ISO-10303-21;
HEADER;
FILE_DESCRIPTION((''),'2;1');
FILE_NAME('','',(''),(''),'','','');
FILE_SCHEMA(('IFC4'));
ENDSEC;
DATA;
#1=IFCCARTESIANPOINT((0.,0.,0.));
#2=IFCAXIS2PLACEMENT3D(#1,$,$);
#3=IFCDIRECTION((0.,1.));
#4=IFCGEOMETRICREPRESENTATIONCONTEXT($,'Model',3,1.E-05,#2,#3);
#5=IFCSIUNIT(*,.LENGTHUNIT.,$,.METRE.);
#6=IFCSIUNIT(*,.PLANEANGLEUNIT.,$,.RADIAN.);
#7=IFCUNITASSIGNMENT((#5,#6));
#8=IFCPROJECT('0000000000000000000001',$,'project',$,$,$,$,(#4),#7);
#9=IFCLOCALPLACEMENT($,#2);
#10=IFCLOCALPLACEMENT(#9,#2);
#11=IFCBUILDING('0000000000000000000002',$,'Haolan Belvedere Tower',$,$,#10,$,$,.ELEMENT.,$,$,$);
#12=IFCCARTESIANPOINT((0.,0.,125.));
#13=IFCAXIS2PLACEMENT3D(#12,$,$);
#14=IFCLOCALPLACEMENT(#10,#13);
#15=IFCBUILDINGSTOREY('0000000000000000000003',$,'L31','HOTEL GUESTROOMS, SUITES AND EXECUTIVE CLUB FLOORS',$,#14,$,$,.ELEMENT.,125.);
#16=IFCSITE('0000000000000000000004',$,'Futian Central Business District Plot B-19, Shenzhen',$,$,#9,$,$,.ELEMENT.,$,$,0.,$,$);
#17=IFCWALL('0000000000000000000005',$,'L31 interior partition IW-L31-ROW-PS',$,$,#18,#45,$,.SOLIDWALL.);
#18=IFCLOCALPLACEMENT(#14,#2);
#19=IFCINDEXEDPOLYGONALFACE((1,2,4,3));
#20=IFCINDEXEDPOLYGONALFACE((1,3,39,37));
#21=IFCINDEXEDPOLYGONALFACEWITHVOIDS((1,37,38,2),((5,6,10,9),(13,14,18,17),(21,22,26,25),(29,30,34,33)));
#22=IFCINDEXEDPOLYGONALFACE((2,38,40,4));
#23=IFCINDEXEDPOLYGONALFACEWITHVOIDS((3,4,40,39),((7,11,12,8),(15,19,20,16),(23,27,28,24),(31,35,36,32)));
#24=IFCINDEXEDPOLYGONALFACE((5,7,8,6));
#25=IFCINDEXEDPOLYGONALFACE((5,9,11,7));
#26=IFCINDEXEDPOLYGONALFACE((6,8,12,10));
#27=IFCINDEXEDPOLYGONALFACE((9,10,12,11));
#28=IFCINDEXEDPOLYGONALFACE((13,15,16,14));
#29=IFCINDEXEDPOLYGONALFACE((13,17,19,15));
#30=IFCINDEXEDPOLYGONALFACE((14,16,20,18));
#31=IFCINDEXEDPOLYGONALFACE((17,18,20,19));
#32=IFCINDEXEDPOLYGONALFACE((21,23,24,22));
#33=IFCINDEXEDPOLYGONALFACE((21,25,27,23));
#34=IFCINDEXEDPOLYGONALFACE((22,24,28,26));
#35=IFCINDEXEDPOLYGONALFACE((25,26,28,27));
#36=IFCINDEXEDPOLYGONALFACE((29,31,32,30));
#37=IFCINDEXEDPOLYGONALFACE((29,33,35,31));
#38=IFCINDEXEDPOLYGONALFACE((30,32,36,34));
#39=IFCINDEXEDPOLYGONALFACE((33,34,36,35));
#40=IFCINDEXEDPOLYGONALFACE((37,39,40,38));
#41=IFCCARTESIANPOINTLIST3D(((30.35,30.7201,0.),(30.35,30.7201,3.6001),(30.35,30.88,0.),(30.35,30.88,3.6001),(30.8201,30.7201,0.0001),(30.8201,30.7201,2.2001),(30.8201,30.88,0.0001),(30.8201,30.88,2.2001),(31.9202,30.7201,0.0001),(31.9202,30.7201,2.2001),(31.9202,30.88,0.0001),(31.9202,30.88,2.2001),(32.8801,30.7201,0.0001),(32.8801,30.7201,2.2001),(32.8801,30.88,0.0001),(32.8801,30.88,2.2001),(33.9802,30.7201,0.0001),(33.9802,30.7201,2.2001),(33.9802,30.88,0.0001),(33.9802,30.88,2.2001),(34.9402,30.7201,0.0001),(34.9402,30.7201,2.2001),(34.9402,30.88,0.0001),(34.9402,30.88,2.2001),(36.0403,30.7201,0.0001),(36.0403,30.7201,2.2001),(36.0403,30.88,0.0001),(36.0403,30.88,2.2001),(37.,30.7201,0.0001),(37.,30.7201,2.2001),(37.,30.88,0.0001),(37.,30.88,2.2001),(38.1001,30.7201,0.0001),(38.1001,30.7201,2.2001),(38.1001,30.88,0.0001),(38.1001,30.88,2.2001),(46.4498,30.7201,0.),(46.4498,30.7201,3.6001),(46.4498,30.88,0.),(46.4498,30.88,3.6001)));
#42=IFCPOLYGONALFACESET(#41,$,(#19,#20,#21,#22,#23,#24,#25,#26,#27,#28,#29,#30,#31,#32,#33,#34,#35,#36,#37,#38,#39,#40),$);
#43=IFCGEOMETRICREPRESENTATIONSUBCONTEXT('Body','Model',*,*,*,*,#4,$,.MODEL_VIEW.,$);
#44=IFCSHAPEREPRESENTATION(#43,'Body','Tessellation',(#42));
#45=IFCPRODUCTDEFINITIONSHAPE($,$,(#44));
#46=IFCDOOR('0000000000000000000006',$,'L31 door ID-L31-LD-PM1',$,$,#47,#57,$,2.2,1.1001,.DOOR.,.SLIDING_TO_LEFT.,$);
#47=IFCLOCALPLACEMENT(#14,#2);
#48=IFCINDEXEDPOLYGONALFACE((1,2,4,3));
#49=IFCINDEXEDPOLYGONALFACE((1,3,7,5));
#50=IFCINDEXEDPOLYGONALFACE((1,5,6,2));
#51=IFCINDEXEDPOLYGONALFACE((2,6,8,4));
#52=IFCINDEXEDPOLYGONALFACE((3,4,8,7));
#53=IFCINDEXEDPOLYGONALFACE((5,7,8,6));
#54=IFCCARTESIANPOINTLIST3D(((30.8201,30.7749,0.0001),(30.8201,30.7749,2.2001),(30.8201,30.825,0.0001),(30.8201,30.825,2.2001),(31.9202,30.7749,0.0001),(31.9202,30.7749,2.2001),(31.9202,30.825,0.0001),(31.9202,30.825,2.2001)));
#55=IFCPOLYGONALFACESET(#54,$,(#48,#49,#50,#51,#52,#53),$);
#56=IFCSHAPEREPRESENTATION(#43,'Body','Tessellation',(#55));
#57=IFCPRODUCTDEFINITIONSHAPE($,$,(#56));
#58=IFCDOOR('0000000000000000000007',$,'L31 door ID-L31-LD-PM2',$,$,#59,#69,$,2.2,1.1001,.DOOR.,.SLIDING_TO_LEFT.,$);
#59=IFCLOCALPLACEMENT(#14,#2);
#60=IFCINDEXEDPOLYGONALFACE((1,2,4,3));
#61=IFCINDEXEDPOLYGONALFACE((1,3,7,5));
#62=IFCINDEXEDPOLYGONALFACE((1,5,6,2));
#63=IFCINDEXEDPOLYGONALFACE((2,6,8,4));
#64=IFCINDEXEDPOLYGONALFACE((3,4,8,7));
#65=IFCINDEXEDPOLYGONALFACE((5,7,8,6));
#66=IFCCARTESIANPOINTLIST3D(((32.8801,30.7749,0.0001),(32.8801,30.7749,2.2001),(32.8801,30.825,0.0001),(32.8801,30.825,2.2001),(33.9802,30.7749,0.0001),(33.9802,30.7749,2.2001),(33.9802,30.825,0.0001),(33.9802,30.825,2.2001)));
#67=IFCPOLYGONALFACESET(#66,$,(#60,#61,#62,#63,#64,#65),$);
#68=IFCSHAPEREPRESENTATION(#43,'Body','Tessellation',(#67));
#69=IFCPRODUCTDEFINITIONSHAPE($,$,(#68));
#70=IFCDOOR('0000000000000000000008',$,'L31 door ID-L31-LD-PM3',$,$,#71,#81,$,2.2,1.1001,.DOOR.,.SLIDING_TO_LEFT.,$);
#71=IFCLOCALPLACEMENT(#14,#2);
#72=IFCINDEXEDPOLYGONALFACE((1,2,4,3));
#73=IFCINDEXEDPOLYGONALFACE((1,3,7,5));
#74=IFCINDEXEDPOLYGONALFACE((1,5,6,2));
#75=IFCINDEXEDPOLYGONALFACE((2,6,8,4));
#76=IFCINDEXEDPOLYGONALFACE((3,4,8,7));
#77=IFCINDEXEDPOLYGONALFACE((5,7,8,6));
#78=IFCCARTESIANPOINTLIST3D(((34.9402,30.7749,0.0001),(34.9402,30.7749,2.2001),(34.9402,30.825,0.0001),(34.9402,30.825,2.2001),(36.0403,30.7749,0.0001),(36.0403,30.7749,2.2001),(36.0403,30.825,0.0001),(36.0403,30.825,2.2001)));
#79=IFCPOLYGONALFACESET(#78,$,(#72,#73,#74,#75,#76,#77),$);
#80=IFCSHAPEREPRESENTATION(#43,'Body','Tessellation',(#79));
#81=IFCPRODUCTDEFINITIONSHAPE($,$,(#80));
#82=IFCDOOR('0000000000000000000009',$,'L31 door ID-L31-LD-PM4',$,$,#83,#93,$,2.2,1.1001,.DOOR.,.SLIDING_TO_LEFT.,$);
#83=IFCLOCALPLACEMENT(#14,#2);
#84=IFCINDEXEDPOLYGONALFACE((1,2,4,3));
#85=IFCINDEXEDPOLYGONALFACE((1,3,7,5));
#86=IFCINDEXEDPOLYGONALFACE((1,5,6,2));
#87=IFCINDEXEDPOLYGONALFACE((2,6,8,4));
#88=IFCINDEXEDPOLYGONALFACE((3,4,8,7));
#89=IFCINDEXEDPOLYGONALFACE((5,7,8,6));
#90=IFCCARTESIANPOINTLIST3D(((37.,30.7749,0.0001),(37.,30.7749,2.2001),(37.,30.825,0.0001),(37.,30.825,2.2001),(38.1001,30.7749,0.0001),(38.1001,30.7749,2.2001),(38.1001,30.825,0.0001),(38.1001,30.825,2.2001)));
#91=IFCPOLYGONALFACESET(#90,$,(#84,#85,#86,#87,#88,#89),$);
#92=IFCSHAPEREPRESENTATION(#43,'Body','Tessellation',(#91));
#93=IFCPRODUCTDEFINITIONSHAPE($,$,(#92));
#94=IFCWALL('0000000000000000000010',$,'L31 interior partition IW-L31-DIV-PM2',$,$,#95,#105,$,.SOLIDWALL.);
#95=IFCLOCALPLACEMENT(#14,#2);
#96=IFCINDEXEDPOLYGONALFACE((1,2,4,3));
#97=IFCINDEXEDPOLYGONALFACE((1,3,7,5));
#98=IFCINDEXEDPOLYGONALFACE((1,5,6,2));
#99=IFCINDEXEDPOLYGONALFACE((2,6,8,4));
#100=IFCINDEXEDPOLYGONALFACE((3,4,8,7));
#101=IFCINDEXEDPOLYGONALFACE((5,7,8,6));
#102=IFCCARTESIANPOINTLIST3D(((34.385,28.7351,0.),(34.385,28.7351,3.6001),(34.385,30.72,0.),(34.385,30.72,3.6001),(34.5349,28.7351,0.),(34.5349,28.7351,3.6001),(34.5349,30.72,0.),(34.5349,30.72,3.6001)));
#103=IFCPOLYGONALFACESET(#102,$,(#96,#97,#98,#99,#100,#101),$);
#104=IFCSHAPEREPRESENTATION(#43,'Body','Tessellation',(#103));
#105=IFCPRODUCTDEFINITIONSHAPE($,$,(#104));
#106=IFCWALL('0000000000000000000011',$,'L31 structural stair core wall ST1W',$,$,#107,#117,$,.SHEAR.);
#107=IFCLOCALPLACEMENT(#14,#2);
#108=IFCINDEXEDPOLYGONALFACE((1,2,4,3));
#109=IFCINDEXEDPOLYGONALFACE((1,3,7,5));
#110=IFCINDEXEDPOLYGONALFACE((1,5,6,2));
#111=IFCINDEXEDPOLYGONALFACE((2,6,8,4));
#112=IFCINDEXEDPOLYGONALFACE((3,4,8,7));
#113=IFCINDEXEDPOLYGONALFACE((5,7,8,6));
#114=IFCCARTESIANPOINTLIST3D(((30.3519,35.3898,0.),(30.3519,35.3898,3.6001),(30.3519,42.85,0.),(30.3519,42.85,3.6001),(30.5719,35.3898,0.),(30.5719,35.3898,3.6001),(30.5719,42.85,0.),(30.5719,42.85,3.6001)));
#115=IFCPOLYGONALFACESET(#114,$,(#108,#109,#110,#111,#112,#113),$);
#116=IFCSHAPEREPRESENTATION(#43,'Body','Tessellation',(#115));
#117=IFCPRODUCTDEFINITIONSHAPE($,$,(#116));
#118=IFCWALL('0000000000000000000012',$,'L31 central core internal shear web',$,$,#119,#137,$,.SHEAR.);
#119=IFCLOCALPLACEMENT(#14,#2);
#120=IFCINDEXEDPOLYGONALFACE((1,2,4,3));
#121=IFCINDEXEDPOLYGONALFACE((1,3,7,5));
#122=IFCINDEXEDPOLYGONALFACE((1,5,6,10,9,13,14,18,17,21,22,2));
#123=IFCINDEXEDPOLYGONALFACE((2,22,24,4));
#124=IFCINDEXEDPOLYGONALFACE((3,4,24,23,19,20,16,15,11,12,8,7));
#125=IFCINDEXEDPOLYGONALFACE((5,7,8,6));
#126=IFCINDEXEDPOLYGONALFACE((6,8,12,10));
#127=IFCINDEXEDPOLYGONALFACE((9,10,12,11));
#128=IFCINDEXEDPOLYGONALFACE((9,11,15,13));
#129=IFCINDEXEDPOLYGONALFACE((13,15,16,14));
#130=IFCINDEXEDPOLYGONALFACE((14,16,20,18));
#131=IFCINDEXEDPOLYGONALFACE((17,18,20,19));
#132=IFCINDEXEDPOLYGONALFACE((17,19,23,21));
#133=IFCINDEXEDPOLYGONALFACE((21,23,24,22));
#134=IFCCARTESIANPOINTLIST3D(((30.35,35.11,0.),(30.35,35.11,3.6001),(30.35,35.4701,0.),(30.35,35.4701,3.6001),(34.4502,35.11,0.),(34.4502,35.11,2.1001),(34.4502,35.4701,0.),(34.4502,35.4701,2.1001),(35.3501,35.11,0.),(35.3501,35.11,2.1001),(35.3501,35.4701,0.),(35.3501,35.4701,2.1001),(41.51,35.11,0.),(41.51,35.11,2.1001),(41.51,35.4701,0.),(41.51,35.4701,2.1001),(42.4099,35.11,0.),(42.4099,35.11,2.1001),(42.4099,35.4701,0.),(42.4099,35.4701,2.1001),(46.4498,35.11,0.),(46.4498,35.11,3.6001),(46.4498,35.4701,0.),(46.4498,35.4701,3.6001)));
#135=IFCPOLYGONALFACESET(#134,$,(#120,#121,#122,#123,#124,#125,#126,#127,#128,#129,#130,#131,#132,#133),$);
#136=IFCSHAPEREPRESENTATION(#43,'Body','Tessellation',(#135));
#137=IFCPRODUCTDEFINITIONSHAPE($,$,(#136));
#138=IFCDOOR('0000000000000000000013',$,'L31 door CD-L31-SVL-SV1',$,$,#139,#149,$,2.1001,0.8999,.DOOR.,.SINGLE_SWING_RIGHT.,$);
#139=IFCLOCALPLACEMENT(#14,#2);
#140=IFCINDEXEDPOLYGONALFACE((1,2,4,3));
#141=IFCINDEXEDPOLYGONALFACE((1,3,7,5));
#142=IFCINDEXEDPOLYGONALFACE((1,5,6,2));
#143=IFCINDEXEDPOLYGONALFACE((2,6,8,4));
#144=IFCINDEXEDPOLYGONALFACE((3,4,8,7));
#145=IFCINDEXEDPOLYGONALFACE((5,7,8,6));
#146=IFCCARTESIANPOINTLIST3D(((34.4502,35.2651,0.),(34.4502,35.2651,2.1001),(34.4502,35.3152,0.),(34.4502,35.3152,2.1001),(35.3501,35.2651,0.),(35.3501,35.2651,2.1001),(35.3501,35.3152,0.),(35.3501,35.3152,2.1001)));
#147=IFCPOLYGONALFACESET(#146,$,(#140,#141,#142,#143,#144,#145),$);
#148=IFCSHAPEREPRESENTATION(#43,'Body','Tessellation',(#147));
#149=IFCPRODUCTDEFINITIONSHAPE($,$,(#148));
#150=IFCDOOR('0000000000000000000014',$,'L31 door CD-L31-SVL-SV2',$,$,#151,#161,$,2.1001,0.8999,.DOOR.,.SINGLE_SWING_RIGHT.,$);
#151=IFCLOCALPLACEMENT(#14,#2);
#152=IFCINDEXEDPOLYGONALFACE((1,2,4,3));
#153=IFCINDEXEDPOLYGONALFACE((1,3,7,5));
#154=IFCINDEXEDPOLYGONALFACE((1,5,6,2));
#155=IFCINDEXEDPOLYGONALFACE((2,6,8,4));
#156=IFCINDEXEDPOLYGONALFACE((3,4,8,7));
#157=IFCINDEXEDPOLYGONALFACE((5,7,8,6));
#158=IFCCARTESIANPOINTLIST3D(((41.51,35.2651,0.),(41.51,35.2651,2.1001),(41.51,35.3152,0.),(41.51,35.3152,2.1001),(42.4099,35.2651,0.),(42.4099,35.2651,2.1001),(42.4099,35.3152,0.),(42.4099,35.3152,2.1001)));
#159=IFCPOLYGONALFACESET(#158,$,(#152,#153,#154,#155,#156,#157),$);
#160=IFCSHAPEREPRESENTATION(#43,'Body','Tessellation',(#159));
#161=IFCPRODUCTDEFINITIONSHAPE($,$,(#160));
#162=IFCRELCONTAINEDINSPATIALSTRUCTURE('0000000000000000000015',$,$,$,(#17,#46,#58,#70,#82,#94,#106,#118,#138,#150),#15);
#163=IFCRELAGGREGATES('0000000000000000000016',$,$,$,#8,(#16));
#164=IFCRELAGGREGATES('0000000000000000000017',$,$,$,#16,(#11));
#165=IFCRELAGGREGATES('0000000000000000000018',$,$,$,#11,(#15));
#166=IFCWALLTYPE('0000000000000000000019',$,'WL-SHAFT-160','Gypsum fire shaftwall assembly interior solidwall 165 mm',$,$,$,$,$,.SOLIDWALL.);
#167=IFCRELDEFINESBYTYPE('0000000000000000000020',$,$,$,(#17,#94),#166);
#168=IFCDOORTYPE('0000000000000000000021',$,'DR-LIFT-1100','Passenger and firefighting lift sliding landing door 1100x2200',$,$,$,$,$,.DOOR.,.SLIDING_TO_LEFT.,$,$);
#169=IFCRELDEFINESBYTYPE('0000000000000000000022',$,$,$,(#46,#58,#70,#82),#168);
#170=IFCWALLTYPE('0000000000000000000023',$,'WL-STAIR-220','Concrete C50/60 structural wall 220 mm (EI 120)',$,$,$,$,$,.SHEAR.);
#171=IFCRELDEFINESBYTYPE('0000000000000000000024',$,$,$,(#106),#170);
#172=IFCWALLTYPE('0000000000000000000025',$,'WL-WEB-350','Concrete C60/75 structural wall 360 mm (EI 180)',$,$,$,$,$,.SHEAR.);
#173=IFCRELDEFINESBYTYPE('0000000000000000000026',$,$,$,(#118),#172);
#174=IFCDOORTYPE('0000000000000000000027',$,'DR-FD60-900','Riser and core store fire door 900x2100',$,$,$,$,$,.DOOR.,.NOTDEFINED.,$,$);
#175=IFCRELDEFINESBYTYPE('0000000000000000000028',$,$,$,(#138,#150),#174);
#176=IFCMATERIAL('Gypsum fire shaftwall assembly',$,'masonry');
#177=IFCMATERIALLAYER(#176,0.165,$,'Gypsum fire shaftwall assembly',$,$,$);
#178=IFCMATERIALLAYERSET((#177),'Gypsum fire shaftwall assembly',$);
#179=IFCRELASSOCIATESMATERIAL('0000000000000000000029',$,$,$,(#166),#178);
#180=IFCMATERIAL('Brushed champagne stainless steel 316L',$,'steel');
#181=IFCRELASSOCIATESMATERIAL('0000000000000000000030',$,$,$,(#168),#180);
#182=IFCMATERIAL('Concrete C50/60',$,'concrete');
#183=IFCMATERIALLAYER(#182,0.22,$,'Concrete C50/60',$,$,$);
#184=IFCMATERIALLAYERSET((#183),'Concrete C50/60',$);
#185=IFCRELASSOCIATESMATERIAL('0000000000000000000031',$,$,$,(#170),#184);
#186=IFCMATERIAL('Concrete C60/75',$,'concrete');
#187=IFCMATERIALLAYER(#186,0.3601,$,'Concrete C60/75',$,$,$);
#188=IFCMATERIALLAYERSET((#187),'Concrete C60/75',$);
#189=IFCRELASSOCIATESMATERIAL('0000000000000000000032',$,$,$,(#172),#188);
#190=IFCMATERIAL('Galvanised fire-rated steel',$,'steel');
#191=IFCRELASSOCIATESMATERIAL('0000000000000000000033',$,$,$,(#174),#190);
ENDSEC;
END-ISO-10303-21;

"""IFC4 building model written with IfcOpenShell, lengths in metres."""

from ifc_helpers import new_model, si_unit, direction, frame, frame_2d, origin, place, context, subcontext, project, spatial, rectangle, extrude, material, layer, layer_set, type_object, element, fill, save


model = new_model("IFC4")

# Units and contexts
model_context = context("Model", 3, precision=1e-05, world=origin(), true_north=direction((0.0, 1.0)))
body_context = subcontext(model_context, "Body", "Model", "MODEL_VIEW")
ifc_project = project(units=[si_unit("LENGTHUNIT", "METRE"), si_unit("PLANEANGLEUNIT", "RADIAN")], contexts=[model_context])

# Site, building, storey
site_placement = place(None, origin())
site = spatial("IfcSite", under=ifc_project, at=site_placement, Name="Futian Central Business District Plot B-19, Shenzhen", CompositionType="ELEMENT", RefElevation=0.0)
building_placement = place(site_placement, origin())
building = spatial("IfcBuilding", under=site, at=building_placement, Name="Haolan Belvedere Tower", CompositionType="ELEMENT")
storey_placement = place(building_placement, frame((0.0, 0.0, 125.0)))
storey = spatial("IfcBuildingStorey", under=building, at=storey_placement, Name="L31", Description="HOTEL GUESTROOMS, SUITES AND EXECUTIVE CLUB FLOORS", CompositionType="ELEMENT", Elevation=125.0)

# Shared definitions
ifc_material_1 = material(Name="Concrete C60/75", Category="concrete")

# Shared definitions
ifc_material_2 = material(Name="Gypsum fire shaftwall assembly", Category="masonry")
ifc_layer_1 = layer(ifc_material_2, 0.165, Name="Gypsum fire shaftwall assembly")
ifc_layer_set_1 = layer_set([ifc_layer_1], Name="Gypsum fire shaftwall assembly")
wall_type_1 = type_object("IfcWallType", Name="WL-SHAFT-160", Description="Gypsum fire shaftwall assembly interior solidwall 165 mm", PredefinedType="SOLIDWALL", material=ifc_layer_set_1)

# Wall, openings, doors
wall_1_placement = place(storey_placement, frame((30.3501, 30.8, 0.0), z_axis=(0.0, 0.0, 1.0), x_axis=(1.0, 0.0, 0.0)))
wall_1 = element("IfcWall", 1, at=wall_1_placement, inside=storey, type_object=wall_type_1, Name="L31 interior partition IW-L31-ROW-PS", PredefinedType="SOLIDWALL", context=body_context, shape_type="SweptSolid", body=[
    extrude(rectangle(XDim=16.0999, YDim=0.1599, at=frame_2d((8.0498, 0.0))), origin(), (0.0, 0.0, 1.0), 3.6001),
])
opening_1_placement = place(wall_1_placement, frame((0.47, 0.0, 0.0)))
opening_1 = element("IfcOpeningElement", 2, at=opening_1_placement, cuts=wall_1, PredefinedType="OPENING", context=body_context, shape_type="SweptSolid", body=[
    extrude(rectangle(XDim=1.1001, YDim=2.2, at=frame_2d((0.55, 1.1001))), frame((0.0, 0.0898, 0.0), z_axis=(0.0, -1.0, 0.0), x_axis=(1.0, 0.0, 0.0)), (0.0, 0.0, 1.0), 0.1799),
])
opening_2_placement = place(wall_1_placement, frame((2.53, 0.0, 0.0)))
opening_2 = element("IfcOpeningElement", 3, at=opening_2_placement, cuts=wall_1, PredefinedType="OPENING", context=body_context, shape_type="SweptSolid", body=[
    extrude(rectangle(XDim=1.1001, YDim=2.2, at=frame_2d((0.55, 1.1001))), frame((0.0, 0.0898, 0.0), z_axis=(0.0, -1.0, 0.0), x_axis=(1.0, 0.0, 0.0)), (0.0, 0.0, 1.0), 0.1799),
])
opening_3_placement = place(wall_1_placement, frame((4.5901, 0.0, 0.0)))
opening_3 = element("IfcOpeningElement", 4, at=opening_3_placement, cuts=wall_1, PredefinedType="OPENING", context=body_context, shape_type="SweptSolid", body=[
    extrude(rectangle(XDim=1.1001, YDim=2.2, at=frame_2d((0.55, 1.1001))), frame((0.0, 0.0898, 0.0), z_axis=(0.0, -1.0, 0.0), x_axis=(1.0, 0.0, 0.0)), (0.0, 0.0, 1.0), 0.1799),
])
opening_4_placement = place(wall_1_placement, frame((6.6499, 0.0, 0.0)))
opening_4 = element("IfcOpeningElement", 5, at=opening_4_placement, cuts=wall_1, PredefinedType="OPENING", context=body_context, shape_type="SweptSolid", body=[
    extrude(rectangle(XDim=1.1001, YDim=2.2, at=frame_2d((0.55, 1.1001))), frame((0.0, 0.0898, 0.0), z_axis=(0.0, -1.0, 0.0), x_axis=(1.0, 0.0, 0.0)), (0.0, 0.0, 1.0), 0.1799),
])
ifc_material_3 = material(Name="Brushed champagne stainless steel 316L", Category="steel")
door_type_1 = type_object("IfcDoorType", Name="DR-LIFT-1100", Description="Passenger and firefighting lift sliding landing door 1100x2200", OperationType="SLIDING_TO_LEFT", PredefinedType="DOOR", material=ifc_material_3)
door_1_placement = place(opening_1_placement, origin())
door_1 = element("IfcDoor", 6, at=door_1_placement, inside=storey, type_object=door_type_1, Name="L31 door ID-L31-LD-PM1", OperationType="SLIDING_TO_LEFT", OverallHeight=2.2, OverallWidth=1.1001, PredefinedType="DOOR", context=body_context, shape_type="SweptSolid", body=[
    extrude(rectangle(XDim=1.1001, YDim=2.2, at=frame_2d((0.55, 1.1001))), frame((0.0, 0.0249, 0.0), z_axis=(0.0, -1.0, 0.0), x_axis=(1.0, 0.0, 0.0)), (0.0, 0.0, 1.0), 0.05),
])
fill(opening_1, door_1)
door_2_placement = place(opening_2_placement, origin())
door_2 = element("IfcDoor", 7, at=door_2_placement, inside=storey, type_object=door_type_1, Name="L31 door ID-L31-LD-PM2", OperationType="SLIDING_TO_LEFT", OverallHeight=2.2, OverallWidth=1.1001, PredefinedType="DOOR", context=body_context, shape_type="SweptSolid", body=[
    extrude(rectangle(XDim=1.1001, YDim=2.2, at=frame_2d((0.55, 1.1001))), frame((0.0, 0.0249, 0.0), z_axis=(0.0, -1.0, 0.0), x_axis=(1.0, 0.0, 0.0)), (0.0, 0.0, 1.0), 0.05),
])
fill(opening_2, door_2)
door_3_placement = place(opening_3_placement, origin())
door_3 = element("IfcDoor", 8, at=door_3_placement, inside=storey, type_object=door_type_1, Name="L31 door ID-L31-LD-PM3", OperationType="SLIDING_TO_LEFT", OverallHeight=2.2, OverallWidth=1.1001, PredefinedType="DOOR", context=body_context, shape_type="SweptSolid", body=[
    extrude(rectangle(XDim=1.1001, YDim=2.2, at=frame_2d((0.55, 1.1001))), frame((0.0, 0.0249, 0.0), z_axis=(0.0, -1.0, 0.0), x_axis=(1.0, 0.0, 0.0)), (0.0, 0.0, 1.0), 0.05),
])
fill(opening_3, door_3)
door_4_placement = place(opening_4_placement, origin())
door_4 = element("IfcDoor", 9, at=door_4_placement, inside=storey, type_object=door_type_1, Name="L31 door ID-L31-LD-PM4", OperationType="SLIDING_TO_LEFT", OverallHeight=2.2, OverallWidth=1.1001, PredefinedType="DOOR", context=body_context, shape_type="SweptSolid", body=[
    extrude(rectangle(XDim=1.1001, YDim=2.2, at=frame_2d((0.55, 1.1001))), frame((0.0, 0.0249, 0.0), z_axis=(0.0, -1.0, 0.0), x_axis=(1.0, 0.0, 0.0)), (0.0, 0.0, 1.0), 0.05),
])
fill(opening_4, door_4)

# Walls
wall_2_placement = place(storey_placement, frame((34.46, 28.7351, 0.0), z_axis=(0.0, 0.0, 1.0), x_axis=(0.0, 1.0, 0.0)))
element("IfcWall", 10, at=wall_2_placement, inside=storey, type_object=wall_type_1, Name="L31 interior partition IW-L31-DIV-PM2", PredefinedType="SOLIDWALL", context=body_context, shape_type="SweptSolid", body=[
    extrude(rectangle(XDim=1.9849, YDim=0.1499, at=frame_2d((0.9924, 0.0))), origin(), (0.0, 0.0, 1.0), 3.6001),
])
ifc_material_4 = material(Name="Concrete C50/60", Category="concrete")
ifc_layer_2 = layer(ifc_material_4, 0.22, Name="Concrete C50/60")
ifc_layer_set_2 = layer_set([ifc_layer_2], Name="Concrete C50/60")
wall_type_2 = type_object("IfcWallType", Name="WL-STAIR-220", Description="Concrete C50/60 structural wall 220 mm (EI 120)", PredefinedType="SHEAR", material=ifc_layer_set_2)
wall_3_placement = place(storey_placement, frame((30.4619, 35.3899, 0.0), z_axis=(0.0, 0.0, 1.0), x_axis=(0.0, 1.0, 0.0)))
element("IfcWall", 11, at=wall_3_placement, inside=storey, type_object=wall_type_2, Name="L31 structural stair core wall ST1W", PredefinedType="SHEAR", context=body_context, shape_type="SweptSolid", body=[
    extrude(rectangle(XDim=7.4602, YDim=0.22, at=frame_2d((3.73, 0.0))), origin(), (0.0, 0.0, 1.0), 3.6001),
])

# Wall, openings, doors
ifc_layer_3 = layer(ifc_material_1, 0.3601, Name="Concrete C60/75")
ifc_layer_set_3 = layer_set([ifc_layer_3], Name="Concrete C60/75")
wall_type_3 = type_object("IfcWallType", Name="WL-WEB-350", Description="Concrete C60/75 structural wall 360 mm (EI 180)", PredefinedType="SHEAR", material=ifc_layer_set_3)
wall_4_placement = place(storey_placement, frame((30.3501, 35.29, 0.0), z_axis=(0.0, 0.0, 1.0), x_axis=(1.0, 0.0, 0.0)))
wall_4 = element("IfcWall", 12, at=wall_4_placement, inside=storey, type_object=wall_type_3, Name="L31 central core internal shear web", PredefinedType="SHEAR", context=body_context, shape_type="SweptSolid", body=[
    extrude(rectangle(XDim=16.0999, YDim=0.3601, at=frame_2d((8.0498, 0.0))), origin(), (0.0, 0.0, 1.0), 3.6001),
])
opening_5_placement = place(wall_4_placement, frame((5.0, 0.0, 0.0), z_axis=(0.0, 0.0, 1.0), x_axis=(-1.0, 0.0, 0.0)))
opening_5 = element("IfcOpeningElement", 13, at=opening_5_placement, cuts=wall_4, PredefinedType="OPENING", context=body_context, shape_type="SweptSolid", body=[
    extrude(rectangle(XDim=0.8999, YDim=2.1001, at=frame_2d((0.45, 1.05))), frame((0.0, 0.1899, 0.0), z_axis=(0.0, -1.0, 0.0), x_axis=(1.0, 0.0, 0.0)), (0.0, 0.0, 1.0), 0.3801),
])
opening_6_placement = place(wall_4_placement, frame((12.0598, 0.0, 0.0), z_axis=(0.0, 0.0, 1.0), x_axis=(-1.0, 0.0, 0.0)))
opening_6 = element("IfcOpeningElement", 14, at=opening_6_placement, cuts=wall_4, PredefinedType="OPENING", context=body_context, shape_type="SweptSolid", body=[
    extrude(rectangle(XDim=0.8999, YDim=2.1001, at=frame_2d((0.45, 1.05))), frame((0.0, 0.1899, 0.0), z_axis=(0.0, -1.0, 0.0), x_axis=(1.0, 0.0, 0.0)), (0.0, 0.0, 1.0), 0.3801),
])
ifc_material_5 = material(Name="Galvanised fire-rated steel", Category="steel")
door_type_2 = type_object("IfcDoorType", Name="DR-FD60-900", Description="Riser and core store fire door 900x2100", OperationType="NOTDEFINED", PredefinedType="DOOR", material=ifc_material_5)
door_5_placement = place(opening_5_placement, origin())
door_5 = element("IfcDoor", 15, at=door_5_placement, inside=storey, type_object=door_type_2, Name="L31 door CD-L31-SVL-SV1", OperationType="SINGLE_SWING_RIGHT", OverallHeight=2.1001, OverallWidth=0.8999, PredefinedType="DOOR", context=body_context, shape_type="SweptSolid", body=[
    extrude(rectangle(XDim=0.8999, YDim=2.1001, at=frame_2d((0.45, 1.05))), frame((0.0, 0.0249, 0.0), z_axis=(0.0, -1.0, 0.0), x_axis=(1.0, 0.0, 0.0)), (0.0, 0.0, 1.0), 0.05),
])
fill(opening_5, door_5)
door_6_placement = place(opening_6_placement, origin())
door_6 = element("IfcDoor", 16, at=door_6_placement, inside=storey, type_object=door_type_2, Name="L31 door CD-L31-SVL-SV2", OperationType="SINGLE_SWING_RIGHT", OverallHeight=2.1001, OverallWidth=0.8999, PredefinedType="DOOR", context=body_context, shape_type="SweptSolid", body=[
    extrude(rectangle(XDim=0.8999, YDim=2.1001, at=frame_2d((0.45, 1.05))), frame((0.0, 0.0249, 0.0), z_axis=(0.0, -1.0, 0.0), x_axis=(1.0, 0.0, 0.0)), (0.0, 0.0, 1.0), 0.05),
])
fill(opening_6, door_6)

save(model, "model.ifc")
